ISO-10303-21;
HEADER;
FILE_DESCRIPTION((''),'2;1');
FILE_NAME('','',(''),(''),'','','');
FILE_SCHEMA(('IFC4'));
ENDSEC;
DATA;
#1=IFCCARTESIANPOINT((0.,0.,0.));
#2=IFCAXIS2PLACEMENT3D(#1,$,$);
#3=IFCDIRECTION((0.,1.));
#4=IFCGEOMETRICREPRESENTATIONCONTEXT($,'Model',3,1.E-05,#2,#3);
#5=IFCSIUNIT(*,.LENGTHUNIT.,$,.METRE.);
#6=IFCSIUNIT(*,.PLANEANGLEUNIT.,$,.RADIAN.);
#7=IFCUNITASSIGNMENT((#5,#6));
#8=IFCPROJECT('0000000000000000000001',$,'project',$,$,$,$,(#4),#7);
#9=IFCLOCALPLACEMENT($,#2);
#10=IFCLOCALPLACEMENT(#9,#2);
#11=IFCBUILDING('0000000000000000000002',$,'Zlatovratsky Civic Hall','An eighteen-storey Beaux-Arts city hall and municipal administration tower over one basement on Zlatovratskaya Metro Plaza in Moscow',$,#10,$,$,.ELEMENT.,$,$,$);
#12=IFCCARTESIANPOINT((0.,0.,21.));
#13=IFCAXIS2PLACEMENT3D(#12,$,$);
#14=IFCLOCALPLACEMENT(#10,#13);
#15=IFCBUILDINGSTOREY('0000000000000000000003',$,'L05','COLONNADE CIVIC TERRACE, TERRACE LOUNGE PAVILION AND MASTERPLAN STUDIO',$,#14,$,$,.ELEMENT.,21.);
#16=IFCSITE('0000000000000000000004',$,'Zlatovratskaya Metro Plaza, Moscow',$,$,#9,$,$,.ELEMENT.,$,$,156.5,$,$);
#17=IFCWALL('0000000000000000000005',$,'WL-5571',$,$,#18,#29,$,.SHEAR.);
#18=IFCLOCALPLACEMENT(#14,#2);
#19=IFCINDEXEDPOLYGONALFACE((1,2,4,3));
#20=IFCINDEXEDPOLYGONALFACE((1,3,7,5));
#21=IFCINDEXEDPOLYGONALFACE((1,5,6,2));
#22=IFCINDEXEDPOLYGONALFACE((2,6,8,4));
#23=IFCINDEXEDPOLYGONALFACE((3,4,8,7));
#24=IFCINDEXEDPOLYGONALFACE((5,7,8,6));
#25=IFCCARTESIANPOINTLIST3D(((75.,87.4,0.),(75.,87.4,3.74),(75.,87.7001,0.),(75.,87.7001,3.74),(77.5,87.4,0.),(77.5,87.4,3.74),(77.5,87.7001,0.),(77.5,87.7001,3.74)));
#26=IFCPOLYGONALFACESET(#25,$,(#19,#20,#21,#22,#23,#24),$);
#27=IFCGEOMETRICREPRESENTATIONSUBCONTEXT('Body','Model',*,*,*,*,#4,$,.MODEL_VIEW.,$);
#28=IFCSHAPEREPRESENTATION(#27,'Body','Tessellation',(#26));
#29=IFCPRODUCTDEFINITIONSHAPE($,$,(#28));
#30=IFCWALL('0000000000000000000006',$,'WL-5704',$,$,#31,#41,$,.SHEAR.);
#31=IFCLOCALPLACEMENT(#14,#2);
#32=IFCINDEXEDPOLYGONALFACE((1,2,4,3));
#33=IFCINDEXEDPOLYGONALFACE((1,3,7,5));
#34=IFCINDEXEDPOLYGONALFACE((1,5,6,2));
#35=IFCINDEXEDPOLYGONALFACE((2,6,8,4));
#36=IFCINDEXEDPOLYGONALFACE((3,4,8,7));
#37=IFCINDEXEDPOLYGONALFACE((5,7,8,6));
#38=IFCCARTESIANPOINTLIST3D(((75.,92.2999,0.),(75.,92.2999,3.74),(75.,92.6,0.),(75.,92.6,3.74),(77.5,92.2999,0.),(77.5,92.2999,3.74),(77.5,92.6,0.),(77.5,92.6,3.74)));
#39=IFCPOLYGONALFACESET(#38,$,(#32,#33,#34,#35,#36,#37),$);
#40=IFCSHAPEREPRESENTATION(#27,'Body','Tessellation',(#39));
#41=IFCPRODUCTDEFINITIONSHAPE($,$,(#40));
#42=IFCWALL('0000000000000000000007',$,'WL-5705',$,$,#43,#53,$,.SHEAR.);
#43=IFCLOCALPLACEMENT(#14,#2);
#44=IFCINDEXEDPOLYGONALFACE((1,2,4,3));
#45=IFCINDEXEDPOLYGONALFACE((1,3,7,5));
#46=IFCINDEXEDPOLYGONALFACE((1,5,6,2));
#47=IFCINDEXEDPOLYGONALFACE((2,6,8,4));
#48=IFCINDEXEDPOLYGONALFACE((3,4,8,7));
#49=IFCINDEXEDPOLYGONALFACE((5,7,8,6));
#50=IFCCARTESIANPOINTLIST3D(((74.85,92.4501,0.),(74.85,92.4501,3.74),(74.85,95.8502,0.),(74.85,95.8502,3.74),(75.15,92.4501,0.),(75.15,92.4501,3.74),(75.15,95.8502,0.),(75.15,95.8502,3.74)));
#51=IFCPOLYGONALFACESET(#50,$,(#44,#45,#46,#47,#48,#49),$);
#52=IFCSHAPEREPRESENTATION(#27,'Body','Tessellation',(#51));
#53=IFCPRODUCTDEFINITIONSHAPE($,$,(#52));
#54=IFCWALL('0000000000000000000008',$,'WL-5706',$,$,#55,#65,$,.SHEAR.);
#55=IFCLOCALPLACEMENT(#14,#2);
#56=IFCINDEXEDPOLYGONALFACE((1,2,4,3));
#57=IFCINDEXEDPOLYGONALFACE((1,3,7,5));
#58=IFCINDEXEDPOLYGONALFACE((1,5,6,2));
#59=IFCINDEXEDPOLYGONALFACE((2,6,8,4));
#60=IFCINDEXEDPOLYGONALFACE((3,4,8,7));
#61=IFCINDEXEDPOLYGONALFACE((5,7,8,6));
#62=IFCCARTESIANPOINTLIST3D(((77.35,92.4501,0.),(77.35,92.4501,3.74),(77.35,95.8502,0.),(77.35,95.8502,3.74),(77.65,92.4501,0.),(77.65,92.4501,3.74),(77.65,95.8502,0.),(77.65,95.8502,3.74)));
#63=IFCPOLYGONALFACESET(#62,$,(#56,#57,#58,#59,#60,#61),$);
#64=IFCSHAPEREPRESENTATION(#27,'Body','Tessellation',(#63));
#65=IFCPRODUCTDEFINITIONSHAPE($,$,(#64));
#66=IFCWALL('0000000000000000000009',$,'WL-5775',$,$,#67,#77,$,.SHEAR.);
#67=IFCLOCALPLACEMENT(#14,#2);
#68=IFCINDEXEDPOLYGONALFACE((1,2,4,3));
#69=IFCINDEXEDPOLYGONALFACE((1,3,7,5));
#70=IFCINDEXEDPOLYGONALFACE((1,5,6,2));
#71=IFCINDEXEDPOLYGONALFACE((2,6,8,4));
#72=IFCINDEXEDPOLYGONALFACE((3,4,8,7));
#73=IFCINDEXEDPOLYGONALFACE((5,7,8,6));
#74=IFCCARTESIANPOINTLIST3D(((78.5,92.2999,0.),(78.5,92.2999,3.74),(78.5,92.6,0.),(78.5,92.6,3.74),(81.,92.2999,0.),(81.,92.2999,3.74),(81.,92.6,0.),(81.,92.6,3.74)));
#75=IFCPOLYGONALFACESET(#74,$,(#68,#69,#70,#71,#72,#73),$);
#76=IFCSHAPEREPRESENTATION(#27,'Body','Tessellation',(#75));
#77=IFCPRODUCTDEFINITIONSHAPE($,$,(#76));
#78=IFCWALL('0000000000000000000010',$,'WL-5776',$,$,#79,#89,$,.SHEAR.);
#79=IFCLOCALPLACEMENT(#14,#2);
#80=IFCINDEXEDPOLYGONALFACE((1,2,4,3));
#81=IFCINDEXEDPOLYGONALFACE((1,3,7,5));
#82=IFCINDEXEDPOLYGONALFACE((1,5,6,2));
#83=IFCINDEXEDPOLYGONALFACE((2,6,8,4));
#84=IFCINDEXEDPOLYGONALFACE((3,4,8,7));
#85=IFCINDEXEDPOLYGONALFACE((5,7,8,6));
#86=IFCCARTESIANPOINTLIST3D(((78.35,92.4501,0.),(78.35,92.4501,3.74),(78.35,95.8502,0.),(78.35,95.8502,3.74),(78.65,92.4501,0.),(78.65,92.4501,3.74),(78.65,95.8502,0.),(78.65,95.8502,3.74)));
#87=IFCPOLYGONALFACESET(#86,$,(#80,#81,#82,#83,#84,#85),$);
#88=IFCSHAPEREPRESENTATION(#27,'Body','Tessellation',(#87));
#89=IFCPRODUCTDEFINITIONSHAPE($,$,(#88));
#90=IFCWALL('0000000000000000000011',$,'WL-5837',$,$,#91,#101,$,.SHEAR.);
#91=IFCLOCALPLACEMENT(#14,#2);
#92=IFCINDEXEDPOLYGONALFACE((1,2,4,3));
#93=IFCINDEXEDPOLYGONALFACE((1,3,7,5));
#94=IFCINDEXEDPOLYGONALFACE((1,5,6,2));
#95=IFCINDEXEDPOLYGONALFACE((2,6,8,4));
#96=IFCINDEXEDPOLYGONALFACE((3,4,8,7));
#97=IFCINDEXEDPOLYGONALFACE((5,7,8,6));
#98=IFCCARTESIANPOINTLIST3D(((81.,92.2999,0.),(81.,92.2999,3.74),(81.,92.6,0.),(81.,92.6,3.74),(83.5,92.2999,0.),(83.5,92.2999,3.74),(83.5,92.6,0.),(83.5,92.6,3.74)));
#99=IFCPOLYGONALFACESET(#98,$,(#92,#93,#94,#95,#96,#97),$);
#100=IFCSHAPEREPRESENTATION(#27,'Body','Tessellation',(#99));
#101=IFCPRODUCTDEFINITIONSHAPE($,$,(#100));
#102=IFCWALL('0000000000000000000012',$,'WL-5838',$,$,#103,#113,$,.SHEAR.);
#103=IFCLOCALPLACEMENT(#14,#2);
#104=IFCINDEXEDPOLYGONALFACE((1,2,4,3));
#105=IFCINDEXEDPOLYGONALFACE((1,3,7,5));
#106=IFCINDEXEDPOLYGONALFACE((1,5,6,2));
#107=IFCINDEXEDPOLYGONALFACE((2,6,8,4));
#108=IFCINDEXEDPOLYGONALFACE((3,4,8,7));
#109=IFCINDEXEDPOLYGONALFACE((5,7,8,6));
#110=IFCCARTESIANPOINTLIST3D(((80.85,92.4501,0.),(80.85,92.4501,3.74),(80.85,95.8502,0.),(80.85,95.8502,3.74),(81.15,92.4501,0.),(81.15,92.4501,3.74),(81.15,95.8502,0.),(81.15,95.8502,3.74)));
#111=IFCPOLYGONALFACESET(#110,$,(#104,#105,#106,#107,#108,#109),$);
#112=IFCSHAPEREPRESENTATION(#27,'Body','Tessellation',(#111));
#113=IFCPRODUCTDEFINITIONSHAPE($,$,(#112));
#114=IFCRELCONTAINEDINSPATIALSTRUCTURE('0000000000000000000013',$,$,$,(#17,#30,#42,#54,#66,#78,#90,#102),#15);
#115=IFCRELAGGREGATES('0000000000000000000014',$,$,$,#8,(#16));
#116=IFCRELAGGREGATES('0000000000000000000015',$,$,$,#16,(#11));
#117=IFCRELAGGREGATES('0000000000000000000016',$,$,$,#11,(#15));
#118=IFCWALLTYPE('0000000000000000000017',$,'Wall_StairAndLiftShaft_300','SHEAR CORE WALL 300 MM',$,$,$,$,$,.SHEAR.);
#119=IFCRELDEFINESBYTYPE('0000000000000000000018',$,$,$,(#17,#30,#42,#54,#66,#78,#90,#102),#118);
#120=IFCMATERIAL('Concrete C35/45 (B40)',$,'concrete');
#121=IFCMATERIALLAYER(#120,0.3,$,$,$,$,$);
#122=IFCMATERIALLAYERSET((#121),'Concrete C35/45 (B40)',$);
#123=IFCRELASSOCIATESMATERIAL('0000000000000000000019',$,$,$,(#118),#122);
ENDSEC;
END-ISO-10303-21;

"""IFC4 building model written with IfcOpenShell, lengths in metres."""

from ifc_helpers import new_model, si_unit, direction, frame, frame_2d, origin, place, context, subcontext, project, spatial, rectangle, extrude, material, layer, layer_set, type_object, element, save


model = new_model("IFC4")

# Units and contexts
model_context = context("Model", 3, precision=1e-05, world=origin(), true_north=direction((0.0, 1.0)))
body_context = subcontext(model_context, "Body", "Model", "MODEL_VIEW")
ifc_project = project(units=[si_unit("LENGTHUNIT", "METRE"), si_unit("PLANEANGLEUNIT", "RADIAN")], contexts=[model_context])

# Site, building, storey
site_placement = place(None, origin())
site = spatial("IfcSite", under=ifc_project, at=site_placement, Name="Zlatovratskaya Metro Plaza, Moscow", CompositionType="ELEMENT", RefElevation=156.5)
building_placement = place(site_placement, origin())
building = spatial("IfcBuilding", under=site, at=building_placement, Name="Zlatovratsky Civic Hall", Description="An eighteen-storey Beaux-Arts city hall and municipal administration tower over one basement on Zlatovratskaya Metro Plaza in Moscow", CompositionType="ELEMENT")
storey_placement = place(building_placement, frame((0.0, 0.0, 21.0)))
storey = spatial("IfcBuildingStorey", under=building, at=storey_placement, Name="L05", Description="COLONNADE CIVIC TERRACE, TERRACE LOUNGE PAVILION AND MASTERPLAN STUDIO", CompositionType="ELEMENT", Elevation=21.0)

# Shared definitions
ifc_material_1 = material(Name="Concrete C35/45 (B40)", Category="concrete")

# Wall
ifc_layer_1 = layer(ifc_material_1, 0.3)
ifc_layer_set_1 = layer_set([ifc_layer_1], Name="Concrete C35/45 (B40)")
wall_type_1 = type_object("IfcWallType", Name="Wall_StairAndLiftShaft_300", Description="SHEAR CORE WALL 300 MM", PredefinedType="SHEAR", material=ifc_layer_set_1)
wall_1_placement = place(storey_placement, frame((75.0, 87.55, 0.0), z_axis=(0.0, 0.0, 1.0), x_axis=(1.0, 0.0, 0.0)))
element("IfcWall", 1, at=wall_1_placement, inside=storey, type_object=wall_type_1, Name="WL-5571", PredefinedType="SHEAR", context=body_context, shape_type="SweptSolid", body=[
    extrude(rectangle(XDim=2.5, YDim=0.3, at=frame_2d((1.25, 0.0))), origin(), (0.0, 0.0, 1.0), 3.74),
])

# Walls
wall_2_placement = place(storey_placement, frame((75.0, 92.45, 0.0), z_axis=(0.0, 0.0, 1.0), x_axis=(1.0, 0.0, 0.0)))
element("IfcWall", 2, at=wall_2_placement, inside=storey, type_object=wall_type_1, Name="WL-5704", PredefinedType="SHEAR", context=body_context, shape_type="SweptSolid", body=[
    extrude(rectangle(XDim=2.5, YDim=0.3, at=frame_2d((1.25, 0.0))), origin(), (0.0, 0.0, 1.0), 3.74),
])
for number, where, z_axis, x_axis, name in (
    (3, (75.0, 92.45, 0.0), (0.0, 0.0, 1.0), (0.0, 1.0, 0.0), "WL-5705"),
    (4, (77.5, 92.45, 0.0), (0.0, 0.0, 1.0), (0.0, 1.0, 0.0), "WL-5706"),
):
    element("IfcWall", number, at=place(storey_placement, frame(where, z_axis=z_axis, x_axis=x_axis)), inside=storey, type_object=wall_type_1, Name=name, PredefinedType="SHEAR", context=body_context, shape_type="SweptSolid", body=[
        extrude(rectangle(XDim=3.4001, YDim=0.3, at=frame_2d((1.7002, 0.0))), origin(), (0.0, 0.0, 1.0), 3.74),
    ])

# Walls
wall_3_placement = place(storey_placement, frame((78.5, 92.45, 0.0), z_axis=(0.0, 0.0, 1.0), x_axis=(1.0, 0.0, 0.0)))
element("IfcWall", 5, at=wall_3_placement, inside=storey, type_object=wall_type_1, Name="WL-5775", PredefinedType="SHEAR", context=body_context, shape_type="SweptSolid", body=[
    extrude(rectangle(XDim=2.5, YDim=0.3, at=frame_2d((1.25, 0.0))), origin(), (0.0, 0.0, 1.0), 3.74),
])
wall_4_placement = place(storey_placement, frame((78.5, 92.45, 0.0), z_axis=(0.0, 0.0, 1.0), x_axis=(0.0, 1.0, 0.0)))
element("IfcWall", 6, at=wall_4_placement, inside=storey, type_object=wall_type_1, Name="WL-5776", PredefinedType="SHEAR", context=body_context, shape_type="SweptSolid", body=[
    extrude(rectangle(XDim=3.4001, YDim=0.3, at=frame_2d((1.7002, 0.0))), origin(), (0.0, 0.0, 1.0), 3.74),
])

# Walls
wall_5_placement = place(storey_placement, frame((81.0, 92.45, 0.0), z_axis=(0.0, 0.0, 1.0), x_axis=(1.0, 0.0, 0.0)))
element("IfcWall", 7, at=wall_5_placement, inside=storey, type_object=wall_type_1, Name="WL-5837", PredefinedType="SHEAR", context=body_context, shape_type="SweptSolid", body=[
    extrude(rectangle(XDim=2.5, YDim=0.3, at=frame_2d((1.25, 0.0))), origin(), (0.0, 0.0, 1.0), 3.74),
])
wall_6_placement = place(storey_placement, frame((81.0, 92.45, 0.0), z_axis=(0.0, 0.0, 1.0), x_axis=(0.0, 1.0, 0.0)))
element("IfcWall", 8, at=wall_6_placement, inside=storey, type_object=wall_type_1, Name="WL-5838", PredefinedType="SHEAR", context=body_context, shape_type="SweptSolid", body=[
    extrude(rectangle(XDim=3.4001, YDim=0.3, at=frame_2d((1.7002, 0.0))), origin(), (0.0, 0.0, 1.0), 3.74),
])

save(model, "model.ifc")
